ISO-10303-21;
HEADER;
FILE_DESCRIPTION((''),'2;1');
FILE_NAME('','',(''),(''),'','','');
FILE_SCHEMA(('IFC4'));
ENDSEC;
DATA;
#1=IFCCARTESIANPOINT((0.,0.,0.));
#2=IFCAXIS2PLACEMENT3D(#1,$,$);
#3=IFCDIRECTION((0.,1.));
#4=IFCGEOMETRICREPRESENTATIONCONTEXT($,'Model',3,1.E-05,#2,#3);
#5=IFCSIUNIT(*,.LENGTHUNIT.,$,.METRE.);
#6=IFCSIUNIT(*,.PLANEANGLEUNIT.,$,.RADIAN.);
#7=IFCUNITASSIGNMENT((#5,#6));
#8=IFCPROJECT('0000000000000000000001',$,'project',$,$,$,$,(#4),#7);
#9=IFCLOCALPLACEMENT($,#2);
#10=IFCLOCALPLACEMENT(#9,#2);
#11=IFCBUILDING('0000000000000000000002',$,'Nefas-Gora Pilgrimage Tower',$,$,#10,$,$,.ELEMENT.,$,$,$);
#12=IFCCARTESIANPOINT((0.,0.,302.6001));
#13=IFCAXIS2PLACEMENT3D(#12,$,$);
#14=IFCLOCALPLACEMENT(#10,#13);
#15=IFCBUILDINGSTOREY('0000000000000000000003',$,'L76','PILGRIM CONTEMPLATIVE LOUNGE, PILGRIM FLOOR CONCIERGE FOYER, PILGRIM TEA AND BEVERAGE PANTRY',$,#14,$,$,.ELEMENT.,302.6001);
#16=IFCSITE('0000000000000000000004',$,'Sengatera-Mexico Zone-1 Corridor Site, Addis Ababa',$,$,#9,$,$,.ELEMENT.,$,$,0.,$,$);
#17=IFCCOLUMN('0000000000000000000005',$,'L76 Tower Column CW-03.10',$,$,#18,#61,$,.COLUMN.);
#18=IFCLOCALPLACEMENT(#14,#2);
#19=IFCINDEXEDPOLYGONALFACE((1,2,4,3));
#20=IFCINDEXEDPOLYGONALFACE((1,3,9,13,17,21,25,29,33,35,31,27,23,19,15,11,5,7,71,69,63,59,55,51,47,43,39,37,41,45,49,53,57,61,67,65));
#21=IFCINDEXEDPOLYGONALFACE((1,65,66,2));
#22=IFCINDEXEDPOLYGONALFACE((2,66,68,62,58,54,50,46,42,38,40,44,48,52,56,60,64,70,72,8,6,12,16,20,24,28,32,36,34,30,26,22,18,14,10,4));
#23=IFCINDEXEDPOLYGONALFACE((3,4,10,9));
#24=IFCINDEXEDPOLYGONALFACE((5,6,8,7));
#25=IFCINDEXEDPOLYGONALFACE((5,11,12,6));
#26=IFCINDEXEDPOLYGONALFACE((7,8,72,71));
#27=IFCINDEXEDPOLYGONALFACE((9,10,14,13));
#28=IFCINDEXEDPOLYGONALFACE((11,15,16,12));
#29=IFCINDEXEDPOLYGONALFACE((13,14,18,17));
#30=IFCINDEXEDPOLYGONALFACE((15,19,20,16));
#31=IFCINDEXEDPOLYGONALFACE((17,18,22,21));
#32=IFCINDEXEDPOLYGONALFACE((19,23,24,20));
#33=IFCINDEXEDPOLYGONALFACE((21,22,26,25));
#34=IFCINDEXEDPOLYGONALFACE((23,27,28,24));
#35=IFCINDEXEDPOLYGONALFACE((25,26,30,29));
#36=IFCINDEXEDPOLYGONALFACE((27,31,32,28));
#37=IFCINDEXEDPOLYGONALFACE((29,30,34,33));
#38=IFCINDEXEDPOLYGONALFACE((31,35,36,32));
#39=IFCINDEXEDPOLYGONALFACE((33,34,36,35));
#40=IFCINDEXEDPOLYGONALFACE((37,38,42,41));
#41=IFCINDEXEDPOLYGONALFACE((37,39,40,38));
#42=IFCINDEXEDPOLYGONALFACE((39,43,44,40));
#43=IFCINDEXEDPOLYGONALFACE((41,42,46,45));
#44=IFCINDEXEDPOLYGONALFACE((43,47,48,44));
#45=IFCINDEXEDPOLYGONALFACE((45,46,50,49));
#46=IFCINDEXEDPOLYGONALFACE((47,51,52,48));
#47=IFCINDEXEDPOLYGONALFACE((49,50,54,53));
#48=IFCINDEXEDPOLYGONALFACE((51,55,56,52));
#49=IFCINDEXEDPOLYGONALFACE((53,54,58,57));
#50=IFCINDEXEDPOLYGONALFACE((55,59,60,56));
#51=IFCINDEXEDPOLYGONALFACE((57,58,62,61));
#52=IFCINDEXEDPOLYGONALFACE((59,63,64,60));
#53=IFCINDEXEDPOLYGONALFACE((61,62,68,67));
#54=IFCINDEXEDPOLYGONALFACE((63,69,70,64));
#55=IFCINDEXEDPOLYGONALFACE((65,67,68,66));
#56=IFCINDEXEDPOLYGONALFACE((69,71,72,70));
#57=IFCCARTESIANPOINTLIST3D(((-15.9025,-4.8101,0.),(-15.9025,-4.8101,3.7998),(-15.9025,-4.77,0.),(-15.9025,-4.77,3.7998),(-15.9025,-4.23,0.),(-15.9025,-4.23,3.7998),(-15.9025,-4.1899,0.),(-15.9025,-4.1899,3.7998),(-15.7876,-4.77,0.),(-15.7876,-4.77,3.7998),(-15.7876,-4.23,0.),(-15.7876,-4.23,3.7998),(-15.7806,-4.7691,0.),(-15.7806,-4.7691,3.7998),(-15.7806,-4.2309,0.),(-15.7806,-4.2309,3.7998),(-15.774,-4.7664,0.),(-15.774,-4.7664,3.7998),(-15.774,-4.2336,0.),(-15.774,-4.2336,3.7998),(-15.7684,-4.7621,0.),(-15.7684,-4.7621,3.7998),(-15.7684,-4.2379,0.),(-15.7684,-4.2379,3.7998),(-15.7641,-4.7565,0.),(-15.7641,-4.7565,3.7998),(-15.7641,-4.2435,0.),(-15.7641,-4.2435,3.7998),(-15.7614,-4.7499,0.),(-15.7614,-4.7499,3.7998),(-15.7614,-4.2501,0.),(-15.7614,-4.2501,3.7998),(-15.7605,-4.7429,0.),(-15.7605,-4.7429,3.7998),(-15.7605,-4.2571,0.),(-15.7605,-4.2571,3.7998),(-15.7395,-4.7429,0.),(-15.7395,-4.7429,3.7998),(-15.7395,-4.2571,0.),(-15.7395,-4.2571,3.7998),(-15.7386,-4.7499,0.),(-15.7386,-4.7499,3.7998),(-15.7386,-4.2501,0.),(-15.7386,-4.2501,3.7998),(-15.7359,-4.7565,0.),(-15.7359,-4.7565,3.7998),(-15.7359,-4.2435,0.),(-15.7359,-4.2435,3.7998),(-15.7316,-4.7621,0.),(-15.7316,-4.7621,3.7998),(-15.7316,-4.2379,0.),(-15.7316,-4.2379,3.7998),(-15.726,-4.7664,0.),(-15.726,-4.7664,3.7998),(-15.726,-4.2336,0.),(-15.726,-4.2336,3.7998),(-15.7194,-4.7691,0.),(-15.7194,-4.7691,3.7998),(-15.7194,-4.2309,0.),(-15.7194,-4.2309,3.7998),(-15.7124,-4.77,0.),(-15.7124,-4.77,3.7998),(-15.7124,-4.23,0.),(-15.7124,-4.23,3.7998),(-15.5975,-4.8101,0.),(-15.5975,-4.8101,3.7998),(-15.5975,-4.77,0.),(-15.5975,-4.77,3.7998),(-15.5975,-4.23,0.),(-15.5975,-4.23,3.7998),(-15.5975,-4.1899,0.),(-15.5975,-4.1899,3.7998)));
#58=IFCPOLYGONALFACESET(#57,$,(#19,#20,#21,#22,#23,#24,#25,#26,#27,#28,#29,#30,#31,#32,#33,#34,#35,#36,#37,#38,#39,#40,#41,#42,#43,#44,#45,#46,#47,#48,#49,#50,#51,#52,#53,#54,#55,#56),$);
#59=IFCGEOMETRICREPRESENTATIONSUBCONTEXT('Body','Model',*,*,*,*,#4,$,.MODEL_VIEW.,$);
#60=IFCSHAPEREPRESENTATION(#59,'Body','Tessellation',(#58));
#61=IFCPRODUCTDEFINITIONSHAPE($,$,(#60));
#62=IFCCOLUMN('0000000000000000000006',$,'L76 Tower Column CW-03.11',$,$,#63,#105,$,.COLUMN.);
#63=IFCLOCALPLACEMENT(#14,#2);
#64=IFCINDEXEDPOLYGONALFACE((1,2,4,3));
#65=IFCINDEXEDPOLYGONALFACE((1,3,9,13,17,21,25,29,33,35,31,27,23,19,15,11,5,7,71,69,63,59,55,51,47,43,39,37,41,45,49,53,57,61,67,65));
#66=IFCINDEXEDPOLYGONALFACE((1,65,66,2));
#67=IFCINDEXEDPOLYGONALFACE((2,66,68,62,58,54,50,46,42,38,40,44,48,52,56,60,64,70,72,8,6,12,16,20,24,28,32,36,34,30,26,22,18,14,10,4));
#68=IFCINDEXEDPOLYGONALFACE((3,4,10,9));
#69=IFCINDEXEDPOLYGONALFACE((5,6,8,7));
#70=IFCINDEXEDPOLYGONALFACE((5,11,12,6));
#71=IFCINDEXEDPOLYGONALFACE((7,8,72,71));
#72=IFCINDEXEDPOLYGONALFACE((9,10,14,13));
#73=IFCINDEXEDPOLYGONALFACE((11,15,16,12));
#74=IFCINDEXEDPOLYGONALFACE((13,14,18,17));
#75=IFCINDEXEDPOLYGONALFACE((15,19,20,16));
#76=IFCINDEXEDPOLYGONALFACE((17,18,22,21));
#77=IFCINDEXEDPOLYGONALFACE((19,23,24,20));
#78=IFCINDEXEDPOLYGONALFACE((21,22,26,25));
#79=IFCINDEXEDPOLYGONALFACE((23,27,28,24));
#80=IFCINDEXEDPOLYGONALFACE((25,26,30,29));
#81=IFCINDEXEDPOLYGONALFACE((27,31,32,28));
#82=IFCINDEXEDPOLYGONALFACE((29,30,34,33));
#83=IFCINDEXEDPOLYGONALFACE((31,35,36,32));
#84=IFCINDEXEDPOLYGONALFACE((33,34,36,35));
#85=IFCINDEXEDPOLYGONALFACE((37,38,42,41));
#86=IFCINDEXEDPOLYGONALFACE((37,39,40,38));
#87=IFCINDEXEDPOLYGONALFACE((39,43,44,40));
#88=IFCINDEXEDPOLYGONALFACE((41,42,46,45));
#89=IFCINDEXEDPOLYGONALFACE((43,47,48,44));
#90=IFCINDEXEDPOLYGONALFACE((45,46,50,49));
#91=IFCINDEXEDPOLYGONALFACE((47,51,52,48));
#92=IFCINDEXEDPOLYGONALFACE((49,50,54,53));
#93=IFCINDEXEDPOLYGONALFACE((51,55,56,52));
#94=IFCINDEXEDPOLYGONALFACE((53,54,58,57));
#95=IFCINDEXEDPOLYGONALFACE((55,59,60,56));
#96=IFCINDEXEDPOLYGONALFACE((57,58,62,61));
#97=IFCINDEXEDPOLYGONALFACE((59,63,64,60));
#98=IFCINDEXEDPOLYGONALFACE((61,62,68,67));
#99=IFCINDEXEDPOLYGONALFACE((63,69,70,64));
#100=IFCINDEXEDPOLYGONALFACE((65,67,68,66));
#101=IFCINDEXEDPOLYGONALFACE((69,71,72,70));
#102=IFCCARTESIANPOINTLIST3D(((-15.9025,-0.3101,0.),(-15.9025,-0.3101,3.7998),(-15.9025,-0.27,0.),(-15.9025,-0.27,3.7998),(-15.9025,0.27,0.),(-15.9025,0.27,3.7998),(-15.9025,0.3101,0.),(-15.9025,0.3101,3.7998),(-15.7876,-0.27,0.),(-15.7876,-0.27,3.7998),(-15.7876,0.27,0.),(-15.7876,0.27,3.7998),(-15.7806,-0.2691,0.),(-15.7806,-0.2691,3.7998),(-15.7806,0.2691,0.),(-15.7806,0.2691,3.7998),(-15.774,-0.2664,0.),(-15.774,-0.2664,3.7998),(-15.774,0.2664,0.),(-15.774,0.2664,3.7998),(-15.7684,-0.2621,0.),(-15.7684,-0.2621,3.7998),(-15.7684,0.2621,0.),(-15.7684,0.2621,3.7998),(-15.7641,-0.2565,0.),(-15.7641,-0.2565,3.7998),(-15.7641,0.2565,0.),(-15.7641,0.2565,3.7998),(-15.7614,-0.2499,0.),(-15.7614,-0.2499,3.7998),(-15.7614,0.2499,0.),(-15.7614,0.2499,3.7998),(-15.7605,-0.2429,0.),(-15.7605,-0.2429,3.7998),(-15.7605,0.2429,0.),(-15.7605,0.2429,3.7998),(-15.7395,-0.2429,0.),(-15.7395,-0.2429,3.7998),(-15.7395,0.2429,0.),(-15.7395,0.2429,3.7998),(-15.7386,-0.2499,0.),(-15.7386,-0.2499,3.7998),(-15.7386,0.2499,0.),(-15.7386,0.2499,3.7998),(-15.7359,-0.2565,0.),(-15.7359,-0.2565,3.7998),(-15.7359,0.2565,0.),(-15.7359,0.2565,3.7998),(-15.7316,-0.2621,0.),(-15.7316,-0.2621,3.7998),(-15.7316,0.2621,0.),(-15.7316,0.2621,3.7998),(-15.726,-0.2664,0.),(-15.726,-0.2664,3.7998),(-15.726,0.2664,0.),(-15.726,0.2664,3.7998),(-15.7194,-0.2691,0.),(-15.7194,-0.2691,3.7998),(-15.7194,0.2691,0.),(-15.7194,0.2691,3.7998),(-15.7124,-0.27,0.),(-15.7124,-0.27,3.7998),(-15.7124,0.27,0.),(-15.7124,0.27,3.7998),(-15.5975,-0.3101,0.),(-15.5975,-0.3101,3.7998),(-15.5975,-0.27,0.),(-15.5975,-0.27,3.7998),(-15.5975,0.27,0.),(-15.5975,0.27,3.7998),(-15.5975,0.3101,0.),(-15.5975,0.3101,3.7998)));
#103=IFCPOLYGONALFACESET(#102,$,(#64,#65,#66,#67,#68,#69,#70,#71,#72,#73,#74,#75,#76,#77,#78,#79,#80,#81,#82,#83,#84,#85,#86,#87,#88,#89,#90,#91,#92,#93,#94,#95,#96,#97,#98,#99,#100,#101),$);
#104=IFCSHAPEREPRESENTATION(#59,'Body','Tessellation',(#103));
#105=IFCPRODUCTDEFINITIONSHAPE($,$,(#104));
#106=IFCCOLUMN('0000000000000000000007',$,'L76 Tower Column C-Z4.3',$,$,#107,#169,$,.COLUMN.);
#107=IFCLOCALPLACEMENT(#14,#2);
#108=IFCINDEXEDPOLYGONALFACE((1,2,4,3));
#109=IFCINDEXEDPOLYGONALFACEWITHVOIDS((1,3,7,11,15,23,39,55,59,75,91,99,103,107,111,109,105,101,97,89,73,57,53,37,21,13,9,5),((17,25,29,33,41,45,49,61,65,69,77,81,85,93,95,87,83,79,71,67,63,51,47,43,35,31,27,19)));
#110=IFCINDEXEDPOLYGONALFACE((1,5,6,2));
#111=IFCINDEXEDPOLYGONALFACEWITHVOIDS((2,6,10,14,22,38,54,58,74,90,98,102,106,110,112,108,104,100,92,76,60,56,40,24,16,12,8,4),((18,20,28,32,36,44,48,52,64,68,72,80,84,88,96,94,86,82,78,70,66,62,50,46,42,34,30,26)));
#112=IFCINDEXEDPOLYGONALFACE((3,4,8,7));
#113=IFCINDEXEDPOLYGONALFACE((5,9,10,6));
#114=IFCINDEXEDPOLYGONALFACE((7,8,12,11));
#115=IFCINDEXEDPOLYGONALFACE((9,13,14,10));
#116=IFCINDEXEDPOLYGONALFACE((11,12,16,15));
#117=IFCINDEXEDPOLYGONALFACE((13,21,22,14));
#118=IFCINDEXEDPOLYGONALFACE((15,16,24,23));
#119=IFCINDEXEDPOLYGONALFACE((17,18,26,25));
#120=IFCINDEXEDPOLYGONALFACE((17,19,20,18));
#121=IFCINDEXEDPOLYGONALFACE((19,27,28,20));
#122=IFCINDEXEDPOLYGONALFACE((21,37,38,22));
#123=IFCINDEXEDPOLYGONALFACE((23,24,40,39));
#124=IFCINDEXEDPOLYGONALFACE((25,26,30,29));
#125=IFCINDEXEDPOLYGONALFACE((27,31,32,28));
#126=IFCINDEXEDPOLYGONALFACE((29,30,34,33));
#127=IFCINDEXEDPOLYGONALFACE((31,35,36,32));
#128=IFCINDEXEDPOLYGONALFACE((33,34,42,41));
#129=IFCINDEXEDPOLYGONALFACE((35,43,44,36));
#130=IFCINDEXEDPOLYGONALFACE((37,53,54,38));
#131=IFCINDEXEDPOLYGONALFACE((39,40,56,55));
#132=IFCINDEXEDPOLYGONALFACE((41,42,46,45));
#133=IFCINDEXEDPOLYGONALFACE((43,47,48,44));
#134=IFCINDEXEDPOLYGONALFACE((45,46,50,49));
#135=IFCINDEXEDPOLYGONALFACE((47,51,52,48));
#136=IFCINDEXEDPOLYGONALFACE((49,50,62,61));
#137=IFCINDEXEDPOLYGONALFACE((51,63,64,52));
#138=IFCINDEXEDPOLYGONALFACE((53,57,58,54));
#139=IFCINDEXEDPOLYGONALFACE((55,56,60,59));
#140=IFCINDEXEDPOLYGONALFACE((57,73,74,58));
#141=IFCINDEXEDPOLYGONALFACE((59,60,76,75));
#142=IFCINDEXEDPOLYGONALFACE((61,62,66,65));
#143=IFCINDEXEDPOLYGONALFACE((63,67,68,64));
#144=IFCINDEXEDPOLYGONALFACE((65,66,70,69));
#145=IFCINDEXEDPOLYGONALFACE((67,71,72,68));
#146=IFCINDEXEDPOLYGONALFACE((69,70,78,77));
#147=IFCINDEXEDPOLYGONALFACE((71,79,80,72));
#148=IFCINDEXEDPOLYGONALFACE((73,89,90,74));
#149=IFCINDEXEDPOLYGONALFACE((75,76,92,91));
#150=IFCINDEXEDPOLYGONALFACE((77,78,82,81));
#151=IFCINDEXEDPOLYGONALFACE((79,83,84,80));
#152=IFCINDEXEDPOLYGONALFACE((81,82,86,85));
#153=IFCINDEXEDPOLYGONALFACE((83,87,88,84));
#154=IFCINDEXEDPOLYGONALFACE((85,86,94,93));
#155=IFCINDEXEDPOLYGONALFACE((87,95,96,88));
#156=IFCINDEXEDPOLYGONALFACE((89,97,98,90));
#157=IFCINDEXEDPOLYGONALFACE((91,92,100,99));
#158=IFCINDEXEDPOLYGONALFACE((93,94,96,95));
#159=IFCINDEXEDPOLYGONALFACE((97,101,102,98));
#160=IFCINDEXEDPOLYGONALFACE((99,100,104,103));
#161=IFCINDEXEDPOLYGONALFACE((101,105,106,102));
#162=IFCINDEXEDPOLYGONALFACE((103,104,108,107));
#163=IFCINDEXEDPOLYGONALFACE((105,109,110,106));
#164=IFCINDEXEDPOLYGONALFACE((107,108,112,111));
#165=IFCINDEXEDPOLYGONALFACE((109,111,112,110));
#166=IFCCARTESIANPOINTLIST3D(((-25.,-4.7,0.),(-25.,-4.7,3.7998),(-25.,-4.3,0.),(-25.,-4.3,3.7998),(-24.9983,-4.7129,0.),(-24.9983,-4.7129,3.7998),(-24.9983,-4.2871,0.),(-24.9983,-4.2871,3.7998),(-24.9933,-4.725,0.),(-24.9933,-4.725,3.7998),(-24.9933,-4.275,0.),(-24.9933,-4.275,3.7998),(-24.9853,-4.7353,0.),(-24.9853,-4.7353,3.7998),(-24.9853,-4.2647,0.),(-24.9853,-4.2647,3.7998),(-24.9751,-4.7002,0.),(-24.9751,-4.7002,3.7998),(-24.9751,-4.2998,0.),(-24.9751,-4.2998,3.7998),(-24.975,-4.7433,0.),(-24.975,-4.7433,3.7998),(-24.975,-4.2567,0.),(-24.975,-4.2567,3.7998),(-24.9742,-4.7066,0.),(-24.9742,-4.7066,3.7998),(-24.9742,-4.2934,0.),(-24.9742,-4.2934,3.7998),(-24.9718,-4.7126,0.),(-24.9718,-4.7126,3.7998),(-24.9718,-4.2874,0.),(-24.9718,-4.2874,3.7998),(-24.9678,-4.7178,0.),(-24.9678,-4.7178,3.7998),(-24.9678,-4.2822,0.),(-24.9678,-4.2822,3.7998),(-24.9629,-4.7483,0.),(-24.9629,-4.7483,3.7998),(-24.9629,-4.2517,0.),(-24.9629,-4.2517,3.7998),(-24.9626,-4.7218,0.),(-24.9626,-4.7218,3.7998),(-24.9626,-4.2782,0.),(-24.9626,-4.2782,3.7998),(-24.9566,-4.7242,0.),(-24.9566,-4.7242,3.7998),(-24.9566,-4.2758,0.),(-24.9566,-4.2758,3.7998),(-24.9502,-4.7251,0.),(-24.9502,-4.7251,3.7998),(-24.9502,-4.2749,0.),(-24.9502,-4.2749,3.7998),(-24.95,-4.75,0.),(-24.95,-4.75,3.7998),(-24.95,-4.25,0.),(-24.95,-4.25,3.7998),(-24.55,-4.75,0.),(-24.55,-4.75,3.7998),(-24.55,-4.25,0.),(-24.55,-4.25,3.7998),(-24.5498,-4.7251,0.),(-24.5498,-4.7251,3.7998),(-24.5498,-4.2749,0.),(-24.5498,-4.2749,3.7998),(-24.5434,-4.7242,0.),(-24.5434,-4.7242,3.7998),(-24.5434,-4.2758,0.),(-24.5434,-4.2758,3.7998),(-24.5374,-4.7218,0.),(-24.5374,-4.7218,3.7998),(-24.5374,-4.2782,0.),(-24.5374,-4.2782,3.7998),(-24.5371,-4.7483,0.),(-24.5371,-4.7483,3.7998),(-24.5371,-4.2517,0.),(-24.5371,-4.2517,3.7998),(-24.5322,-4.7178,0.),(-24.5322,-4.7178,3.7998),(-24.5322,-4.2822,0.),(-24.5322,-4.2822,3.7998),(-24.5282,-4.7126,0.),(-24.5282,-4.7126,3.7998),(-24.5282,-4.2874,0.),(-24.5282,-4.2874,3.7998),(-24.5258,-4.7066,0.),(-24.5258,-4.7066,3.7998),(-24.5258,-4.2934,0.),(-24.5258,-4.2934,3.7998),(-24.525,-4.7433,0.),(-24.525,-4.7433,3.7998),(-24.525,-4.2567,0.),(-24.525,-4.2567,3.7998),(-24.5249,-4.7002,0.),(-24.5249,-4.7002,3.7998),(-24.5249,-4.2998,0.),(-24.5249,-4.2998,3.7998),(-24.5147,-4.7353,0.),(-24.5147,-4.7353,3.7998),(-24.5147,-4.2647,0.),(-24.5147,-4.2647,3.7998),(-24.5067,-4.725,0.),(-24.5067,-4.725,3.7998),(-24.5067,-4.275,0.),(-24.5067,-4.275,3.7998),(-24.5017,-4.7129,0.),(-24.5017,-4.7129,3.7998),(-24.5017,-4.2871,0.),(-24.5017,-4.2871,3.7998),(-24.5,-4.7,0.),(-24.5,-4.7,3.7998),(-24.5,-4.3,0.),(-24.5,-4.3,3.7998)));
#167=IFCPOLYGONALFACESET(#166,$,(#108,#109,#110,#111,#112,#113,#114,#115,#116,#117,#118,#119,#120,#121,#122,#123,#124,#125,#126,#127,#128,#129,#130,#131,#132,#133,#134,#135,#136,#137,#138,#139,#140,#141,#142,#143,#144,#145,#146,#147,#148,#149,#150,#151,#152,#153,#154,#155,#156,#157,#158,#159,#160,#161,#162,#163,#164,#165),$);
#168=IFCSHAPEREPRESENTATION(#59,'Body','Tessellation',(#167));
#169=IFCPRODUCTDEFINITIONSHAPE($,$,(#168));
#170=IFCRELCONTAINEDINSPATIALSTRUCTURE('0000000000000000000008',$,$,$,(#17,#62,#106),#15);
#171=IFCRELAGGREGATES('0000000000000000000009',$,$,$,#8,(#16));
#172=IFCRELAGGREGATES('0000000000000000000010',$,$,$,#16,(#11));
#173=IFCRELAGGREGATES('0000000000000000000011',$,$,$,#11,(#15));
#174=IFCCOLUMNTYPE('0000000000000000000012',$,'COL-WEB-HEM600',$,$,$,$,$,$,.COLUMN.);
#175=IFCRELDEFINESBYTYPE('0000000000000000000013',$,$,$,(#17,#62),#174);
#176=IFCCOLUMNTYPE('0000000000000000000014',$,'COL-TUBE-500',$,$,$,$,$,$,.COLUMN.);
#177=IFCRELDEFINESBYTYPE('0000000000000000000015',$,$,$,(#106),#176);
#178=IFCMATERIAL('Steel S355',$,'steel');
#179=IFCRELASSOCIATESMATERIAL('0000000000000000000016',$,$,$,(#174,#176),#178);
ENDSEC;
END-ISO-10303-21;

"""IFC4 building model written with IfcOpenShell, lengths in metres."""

from ifc_helpers import new_model, si_unit, direction, frame, origin, origin_2d, place, context, subcontext, project, spatial, hollow_rectangle, i_section, extrude, source, transform, mapped, material, material_profile, profile_set, type_object, element, save


model = new_model("IFC4")

# Units and contexts
model_context = context("Model", 3, precision=1e-05, world=origin(), true_north=direction((0.0, 1.0)))
body_context = subcontext(model_context, "Body", "Model", "MODEL_VIEW")
ifc_project = project(units=[si_unit("LENGTHUNIT", "METRE"), si_unit("PLANEANGLEUNIT", "RADIAN")], contexts=[model_context])

# Site, building, storey
site_placement = place(None, origin())
site = spatial("IfcSite", under=ifc_project, at=site_placement, Name="Sengatera-Mexico Zone-1 Corridor Site, Addis Ababa", CompositionType="ELEMENT", RefElevation=0.0)
building_placement = place(site_placement, origin())
building = spatial("IfcBuilding", under=site, at=building_placement, Name="Nefas-Gora Pilgrimage Tower", CompositionType="ELEMENT")
storey_placement = place(building_placement, frame((0.0, 0.0, 302.6001)))
storey = spatial("IfcBuildingStorey", under=building, at=storey_placement, Name="L76", Description="PILGRIM CONTEMPLATIVE LOUNGE, PILGRIM FLOOR CONCIERGE FOYER, PILGRIM TEA AND BEVERAGE PANTRY", CompositionType="ELEMENT", Elevation=302.6001)

# Columns
ifc_material_1 = material(Name="Steel S355", Category="steel")
ifc_material_profile_1 = material_profile(ifc_material_1, i_section(OverallWidth=0.3049, OverallDepth=0.6201, WebThickness=0.021, FlangeThickness=0.04, FilletRadius=0.0271, at=origin_2d()), Name="HEM 600")
ifc_profile_set_1 = profile_set([ifc_material_profile_1], Name="Steel S355")
column_type_1 = type_object("IfcColumnType", Name="COL-WEB-HEM600", PredefinedType="COLUMN", material=ifc_profile_set_1)
shared_shape_1 = source(origin(), body_context, "Body", "SweptSolid", [
    extrude(i_section(OverallWidth=0.3049, OverallDepth=0.6201, WebThickness=0.021, FlangeThickness=0.04, FilletRadius=0.0271, at=origin_2d()), origin(), (0.0, 0.0, 1.0), 3.7998),
])
for number, where, z_axis, x_axis, name in (
    (1, (-15.75, -4.5, 0.0), (0.0, 0.0, 1.0), (1.0, 0.0, 0.0), "L76 Tower Column CW-03.10"),
    (2, (-15.75, 0.0, 0.0), (0.0, 0.0, 1.0), (1.0, 0.0, 0.0), "L76 Tower Column CW-03.11"),
):
    element("IfcColumn", number, at=place(storey_placement, frame(where, z_axis=z_axis, x_axis=x_axis)), inside=storey, type_object=column_type_1, Name=name, PredefinedType="COLUMN", context=body_context, shape_type="MappedRepresentation", body=[
        mapped(shared_shape_1, transform((0.0, 0.0, 0.0), x_axis=(1.0, 0.0, 0.0), y_axis=(0.0, 1.0, 0.0), z_axis=(0.0, 0.0, 1.0), scale=1.0)),
    ])
ifc_material_profile_2 = material_profile(ifc_material_1, hollow_rectangle(XDim=0.5, YDim=0.5, WallThickness=0.0249, InnerFilletRadius=0.0249, OuterFilletRadius=0.05, at=origin_2d()), Name="SHS 500x500x25")
ifc_profile_set_2 = profile_set([ifc_material_profile_2], Name="Steel S355")
column_type_2 = type_object("IfcColumnType", Name="COL-TUBE-500", PredefinedType="COLUMN", material=ifc_profile_set_2)
shared_shape_2 = source(origin(), body_context, "Body", "SweptSolid", [
    extrude(hollow_rectangle(XDim=0.5, YDim=0.5, WallThickness=0.0249, InnerFilletRadius=0.0249, OuterFilletRadius=0.05, at=origin_2d()), origin(), (0.0, 0.0, 1.0), 3.7998),
])
for number, where, z_axis, x_axis, name in (
    (3, (-24.75, -4.5, 0.0), (0.0, 0.0, 1.0), (1.0, 0.0, 0.0), "L76 Tower Column C-Z4.3"),
):
    element("IfcColumn", number, at=place(storey_placement, frame(where, z_axis=z_axis, x_axis=x_axis)), inside=storey, type_object=column_type_2, Name=name, PredefinedType="COLUMN", context=body_context, shape_type="MappedRepresentation", body=[
        mapped(shared_shape_2, transform((0.0, 0.0, 0.0), x_axis=(1.0, 0.0, 0.0), y_axis=(0.0, 1.0, 0.0), z_axis=(0.0, 0.0, 1.0), scale=1.0)),
    ])

save(model, "model.ifc")
